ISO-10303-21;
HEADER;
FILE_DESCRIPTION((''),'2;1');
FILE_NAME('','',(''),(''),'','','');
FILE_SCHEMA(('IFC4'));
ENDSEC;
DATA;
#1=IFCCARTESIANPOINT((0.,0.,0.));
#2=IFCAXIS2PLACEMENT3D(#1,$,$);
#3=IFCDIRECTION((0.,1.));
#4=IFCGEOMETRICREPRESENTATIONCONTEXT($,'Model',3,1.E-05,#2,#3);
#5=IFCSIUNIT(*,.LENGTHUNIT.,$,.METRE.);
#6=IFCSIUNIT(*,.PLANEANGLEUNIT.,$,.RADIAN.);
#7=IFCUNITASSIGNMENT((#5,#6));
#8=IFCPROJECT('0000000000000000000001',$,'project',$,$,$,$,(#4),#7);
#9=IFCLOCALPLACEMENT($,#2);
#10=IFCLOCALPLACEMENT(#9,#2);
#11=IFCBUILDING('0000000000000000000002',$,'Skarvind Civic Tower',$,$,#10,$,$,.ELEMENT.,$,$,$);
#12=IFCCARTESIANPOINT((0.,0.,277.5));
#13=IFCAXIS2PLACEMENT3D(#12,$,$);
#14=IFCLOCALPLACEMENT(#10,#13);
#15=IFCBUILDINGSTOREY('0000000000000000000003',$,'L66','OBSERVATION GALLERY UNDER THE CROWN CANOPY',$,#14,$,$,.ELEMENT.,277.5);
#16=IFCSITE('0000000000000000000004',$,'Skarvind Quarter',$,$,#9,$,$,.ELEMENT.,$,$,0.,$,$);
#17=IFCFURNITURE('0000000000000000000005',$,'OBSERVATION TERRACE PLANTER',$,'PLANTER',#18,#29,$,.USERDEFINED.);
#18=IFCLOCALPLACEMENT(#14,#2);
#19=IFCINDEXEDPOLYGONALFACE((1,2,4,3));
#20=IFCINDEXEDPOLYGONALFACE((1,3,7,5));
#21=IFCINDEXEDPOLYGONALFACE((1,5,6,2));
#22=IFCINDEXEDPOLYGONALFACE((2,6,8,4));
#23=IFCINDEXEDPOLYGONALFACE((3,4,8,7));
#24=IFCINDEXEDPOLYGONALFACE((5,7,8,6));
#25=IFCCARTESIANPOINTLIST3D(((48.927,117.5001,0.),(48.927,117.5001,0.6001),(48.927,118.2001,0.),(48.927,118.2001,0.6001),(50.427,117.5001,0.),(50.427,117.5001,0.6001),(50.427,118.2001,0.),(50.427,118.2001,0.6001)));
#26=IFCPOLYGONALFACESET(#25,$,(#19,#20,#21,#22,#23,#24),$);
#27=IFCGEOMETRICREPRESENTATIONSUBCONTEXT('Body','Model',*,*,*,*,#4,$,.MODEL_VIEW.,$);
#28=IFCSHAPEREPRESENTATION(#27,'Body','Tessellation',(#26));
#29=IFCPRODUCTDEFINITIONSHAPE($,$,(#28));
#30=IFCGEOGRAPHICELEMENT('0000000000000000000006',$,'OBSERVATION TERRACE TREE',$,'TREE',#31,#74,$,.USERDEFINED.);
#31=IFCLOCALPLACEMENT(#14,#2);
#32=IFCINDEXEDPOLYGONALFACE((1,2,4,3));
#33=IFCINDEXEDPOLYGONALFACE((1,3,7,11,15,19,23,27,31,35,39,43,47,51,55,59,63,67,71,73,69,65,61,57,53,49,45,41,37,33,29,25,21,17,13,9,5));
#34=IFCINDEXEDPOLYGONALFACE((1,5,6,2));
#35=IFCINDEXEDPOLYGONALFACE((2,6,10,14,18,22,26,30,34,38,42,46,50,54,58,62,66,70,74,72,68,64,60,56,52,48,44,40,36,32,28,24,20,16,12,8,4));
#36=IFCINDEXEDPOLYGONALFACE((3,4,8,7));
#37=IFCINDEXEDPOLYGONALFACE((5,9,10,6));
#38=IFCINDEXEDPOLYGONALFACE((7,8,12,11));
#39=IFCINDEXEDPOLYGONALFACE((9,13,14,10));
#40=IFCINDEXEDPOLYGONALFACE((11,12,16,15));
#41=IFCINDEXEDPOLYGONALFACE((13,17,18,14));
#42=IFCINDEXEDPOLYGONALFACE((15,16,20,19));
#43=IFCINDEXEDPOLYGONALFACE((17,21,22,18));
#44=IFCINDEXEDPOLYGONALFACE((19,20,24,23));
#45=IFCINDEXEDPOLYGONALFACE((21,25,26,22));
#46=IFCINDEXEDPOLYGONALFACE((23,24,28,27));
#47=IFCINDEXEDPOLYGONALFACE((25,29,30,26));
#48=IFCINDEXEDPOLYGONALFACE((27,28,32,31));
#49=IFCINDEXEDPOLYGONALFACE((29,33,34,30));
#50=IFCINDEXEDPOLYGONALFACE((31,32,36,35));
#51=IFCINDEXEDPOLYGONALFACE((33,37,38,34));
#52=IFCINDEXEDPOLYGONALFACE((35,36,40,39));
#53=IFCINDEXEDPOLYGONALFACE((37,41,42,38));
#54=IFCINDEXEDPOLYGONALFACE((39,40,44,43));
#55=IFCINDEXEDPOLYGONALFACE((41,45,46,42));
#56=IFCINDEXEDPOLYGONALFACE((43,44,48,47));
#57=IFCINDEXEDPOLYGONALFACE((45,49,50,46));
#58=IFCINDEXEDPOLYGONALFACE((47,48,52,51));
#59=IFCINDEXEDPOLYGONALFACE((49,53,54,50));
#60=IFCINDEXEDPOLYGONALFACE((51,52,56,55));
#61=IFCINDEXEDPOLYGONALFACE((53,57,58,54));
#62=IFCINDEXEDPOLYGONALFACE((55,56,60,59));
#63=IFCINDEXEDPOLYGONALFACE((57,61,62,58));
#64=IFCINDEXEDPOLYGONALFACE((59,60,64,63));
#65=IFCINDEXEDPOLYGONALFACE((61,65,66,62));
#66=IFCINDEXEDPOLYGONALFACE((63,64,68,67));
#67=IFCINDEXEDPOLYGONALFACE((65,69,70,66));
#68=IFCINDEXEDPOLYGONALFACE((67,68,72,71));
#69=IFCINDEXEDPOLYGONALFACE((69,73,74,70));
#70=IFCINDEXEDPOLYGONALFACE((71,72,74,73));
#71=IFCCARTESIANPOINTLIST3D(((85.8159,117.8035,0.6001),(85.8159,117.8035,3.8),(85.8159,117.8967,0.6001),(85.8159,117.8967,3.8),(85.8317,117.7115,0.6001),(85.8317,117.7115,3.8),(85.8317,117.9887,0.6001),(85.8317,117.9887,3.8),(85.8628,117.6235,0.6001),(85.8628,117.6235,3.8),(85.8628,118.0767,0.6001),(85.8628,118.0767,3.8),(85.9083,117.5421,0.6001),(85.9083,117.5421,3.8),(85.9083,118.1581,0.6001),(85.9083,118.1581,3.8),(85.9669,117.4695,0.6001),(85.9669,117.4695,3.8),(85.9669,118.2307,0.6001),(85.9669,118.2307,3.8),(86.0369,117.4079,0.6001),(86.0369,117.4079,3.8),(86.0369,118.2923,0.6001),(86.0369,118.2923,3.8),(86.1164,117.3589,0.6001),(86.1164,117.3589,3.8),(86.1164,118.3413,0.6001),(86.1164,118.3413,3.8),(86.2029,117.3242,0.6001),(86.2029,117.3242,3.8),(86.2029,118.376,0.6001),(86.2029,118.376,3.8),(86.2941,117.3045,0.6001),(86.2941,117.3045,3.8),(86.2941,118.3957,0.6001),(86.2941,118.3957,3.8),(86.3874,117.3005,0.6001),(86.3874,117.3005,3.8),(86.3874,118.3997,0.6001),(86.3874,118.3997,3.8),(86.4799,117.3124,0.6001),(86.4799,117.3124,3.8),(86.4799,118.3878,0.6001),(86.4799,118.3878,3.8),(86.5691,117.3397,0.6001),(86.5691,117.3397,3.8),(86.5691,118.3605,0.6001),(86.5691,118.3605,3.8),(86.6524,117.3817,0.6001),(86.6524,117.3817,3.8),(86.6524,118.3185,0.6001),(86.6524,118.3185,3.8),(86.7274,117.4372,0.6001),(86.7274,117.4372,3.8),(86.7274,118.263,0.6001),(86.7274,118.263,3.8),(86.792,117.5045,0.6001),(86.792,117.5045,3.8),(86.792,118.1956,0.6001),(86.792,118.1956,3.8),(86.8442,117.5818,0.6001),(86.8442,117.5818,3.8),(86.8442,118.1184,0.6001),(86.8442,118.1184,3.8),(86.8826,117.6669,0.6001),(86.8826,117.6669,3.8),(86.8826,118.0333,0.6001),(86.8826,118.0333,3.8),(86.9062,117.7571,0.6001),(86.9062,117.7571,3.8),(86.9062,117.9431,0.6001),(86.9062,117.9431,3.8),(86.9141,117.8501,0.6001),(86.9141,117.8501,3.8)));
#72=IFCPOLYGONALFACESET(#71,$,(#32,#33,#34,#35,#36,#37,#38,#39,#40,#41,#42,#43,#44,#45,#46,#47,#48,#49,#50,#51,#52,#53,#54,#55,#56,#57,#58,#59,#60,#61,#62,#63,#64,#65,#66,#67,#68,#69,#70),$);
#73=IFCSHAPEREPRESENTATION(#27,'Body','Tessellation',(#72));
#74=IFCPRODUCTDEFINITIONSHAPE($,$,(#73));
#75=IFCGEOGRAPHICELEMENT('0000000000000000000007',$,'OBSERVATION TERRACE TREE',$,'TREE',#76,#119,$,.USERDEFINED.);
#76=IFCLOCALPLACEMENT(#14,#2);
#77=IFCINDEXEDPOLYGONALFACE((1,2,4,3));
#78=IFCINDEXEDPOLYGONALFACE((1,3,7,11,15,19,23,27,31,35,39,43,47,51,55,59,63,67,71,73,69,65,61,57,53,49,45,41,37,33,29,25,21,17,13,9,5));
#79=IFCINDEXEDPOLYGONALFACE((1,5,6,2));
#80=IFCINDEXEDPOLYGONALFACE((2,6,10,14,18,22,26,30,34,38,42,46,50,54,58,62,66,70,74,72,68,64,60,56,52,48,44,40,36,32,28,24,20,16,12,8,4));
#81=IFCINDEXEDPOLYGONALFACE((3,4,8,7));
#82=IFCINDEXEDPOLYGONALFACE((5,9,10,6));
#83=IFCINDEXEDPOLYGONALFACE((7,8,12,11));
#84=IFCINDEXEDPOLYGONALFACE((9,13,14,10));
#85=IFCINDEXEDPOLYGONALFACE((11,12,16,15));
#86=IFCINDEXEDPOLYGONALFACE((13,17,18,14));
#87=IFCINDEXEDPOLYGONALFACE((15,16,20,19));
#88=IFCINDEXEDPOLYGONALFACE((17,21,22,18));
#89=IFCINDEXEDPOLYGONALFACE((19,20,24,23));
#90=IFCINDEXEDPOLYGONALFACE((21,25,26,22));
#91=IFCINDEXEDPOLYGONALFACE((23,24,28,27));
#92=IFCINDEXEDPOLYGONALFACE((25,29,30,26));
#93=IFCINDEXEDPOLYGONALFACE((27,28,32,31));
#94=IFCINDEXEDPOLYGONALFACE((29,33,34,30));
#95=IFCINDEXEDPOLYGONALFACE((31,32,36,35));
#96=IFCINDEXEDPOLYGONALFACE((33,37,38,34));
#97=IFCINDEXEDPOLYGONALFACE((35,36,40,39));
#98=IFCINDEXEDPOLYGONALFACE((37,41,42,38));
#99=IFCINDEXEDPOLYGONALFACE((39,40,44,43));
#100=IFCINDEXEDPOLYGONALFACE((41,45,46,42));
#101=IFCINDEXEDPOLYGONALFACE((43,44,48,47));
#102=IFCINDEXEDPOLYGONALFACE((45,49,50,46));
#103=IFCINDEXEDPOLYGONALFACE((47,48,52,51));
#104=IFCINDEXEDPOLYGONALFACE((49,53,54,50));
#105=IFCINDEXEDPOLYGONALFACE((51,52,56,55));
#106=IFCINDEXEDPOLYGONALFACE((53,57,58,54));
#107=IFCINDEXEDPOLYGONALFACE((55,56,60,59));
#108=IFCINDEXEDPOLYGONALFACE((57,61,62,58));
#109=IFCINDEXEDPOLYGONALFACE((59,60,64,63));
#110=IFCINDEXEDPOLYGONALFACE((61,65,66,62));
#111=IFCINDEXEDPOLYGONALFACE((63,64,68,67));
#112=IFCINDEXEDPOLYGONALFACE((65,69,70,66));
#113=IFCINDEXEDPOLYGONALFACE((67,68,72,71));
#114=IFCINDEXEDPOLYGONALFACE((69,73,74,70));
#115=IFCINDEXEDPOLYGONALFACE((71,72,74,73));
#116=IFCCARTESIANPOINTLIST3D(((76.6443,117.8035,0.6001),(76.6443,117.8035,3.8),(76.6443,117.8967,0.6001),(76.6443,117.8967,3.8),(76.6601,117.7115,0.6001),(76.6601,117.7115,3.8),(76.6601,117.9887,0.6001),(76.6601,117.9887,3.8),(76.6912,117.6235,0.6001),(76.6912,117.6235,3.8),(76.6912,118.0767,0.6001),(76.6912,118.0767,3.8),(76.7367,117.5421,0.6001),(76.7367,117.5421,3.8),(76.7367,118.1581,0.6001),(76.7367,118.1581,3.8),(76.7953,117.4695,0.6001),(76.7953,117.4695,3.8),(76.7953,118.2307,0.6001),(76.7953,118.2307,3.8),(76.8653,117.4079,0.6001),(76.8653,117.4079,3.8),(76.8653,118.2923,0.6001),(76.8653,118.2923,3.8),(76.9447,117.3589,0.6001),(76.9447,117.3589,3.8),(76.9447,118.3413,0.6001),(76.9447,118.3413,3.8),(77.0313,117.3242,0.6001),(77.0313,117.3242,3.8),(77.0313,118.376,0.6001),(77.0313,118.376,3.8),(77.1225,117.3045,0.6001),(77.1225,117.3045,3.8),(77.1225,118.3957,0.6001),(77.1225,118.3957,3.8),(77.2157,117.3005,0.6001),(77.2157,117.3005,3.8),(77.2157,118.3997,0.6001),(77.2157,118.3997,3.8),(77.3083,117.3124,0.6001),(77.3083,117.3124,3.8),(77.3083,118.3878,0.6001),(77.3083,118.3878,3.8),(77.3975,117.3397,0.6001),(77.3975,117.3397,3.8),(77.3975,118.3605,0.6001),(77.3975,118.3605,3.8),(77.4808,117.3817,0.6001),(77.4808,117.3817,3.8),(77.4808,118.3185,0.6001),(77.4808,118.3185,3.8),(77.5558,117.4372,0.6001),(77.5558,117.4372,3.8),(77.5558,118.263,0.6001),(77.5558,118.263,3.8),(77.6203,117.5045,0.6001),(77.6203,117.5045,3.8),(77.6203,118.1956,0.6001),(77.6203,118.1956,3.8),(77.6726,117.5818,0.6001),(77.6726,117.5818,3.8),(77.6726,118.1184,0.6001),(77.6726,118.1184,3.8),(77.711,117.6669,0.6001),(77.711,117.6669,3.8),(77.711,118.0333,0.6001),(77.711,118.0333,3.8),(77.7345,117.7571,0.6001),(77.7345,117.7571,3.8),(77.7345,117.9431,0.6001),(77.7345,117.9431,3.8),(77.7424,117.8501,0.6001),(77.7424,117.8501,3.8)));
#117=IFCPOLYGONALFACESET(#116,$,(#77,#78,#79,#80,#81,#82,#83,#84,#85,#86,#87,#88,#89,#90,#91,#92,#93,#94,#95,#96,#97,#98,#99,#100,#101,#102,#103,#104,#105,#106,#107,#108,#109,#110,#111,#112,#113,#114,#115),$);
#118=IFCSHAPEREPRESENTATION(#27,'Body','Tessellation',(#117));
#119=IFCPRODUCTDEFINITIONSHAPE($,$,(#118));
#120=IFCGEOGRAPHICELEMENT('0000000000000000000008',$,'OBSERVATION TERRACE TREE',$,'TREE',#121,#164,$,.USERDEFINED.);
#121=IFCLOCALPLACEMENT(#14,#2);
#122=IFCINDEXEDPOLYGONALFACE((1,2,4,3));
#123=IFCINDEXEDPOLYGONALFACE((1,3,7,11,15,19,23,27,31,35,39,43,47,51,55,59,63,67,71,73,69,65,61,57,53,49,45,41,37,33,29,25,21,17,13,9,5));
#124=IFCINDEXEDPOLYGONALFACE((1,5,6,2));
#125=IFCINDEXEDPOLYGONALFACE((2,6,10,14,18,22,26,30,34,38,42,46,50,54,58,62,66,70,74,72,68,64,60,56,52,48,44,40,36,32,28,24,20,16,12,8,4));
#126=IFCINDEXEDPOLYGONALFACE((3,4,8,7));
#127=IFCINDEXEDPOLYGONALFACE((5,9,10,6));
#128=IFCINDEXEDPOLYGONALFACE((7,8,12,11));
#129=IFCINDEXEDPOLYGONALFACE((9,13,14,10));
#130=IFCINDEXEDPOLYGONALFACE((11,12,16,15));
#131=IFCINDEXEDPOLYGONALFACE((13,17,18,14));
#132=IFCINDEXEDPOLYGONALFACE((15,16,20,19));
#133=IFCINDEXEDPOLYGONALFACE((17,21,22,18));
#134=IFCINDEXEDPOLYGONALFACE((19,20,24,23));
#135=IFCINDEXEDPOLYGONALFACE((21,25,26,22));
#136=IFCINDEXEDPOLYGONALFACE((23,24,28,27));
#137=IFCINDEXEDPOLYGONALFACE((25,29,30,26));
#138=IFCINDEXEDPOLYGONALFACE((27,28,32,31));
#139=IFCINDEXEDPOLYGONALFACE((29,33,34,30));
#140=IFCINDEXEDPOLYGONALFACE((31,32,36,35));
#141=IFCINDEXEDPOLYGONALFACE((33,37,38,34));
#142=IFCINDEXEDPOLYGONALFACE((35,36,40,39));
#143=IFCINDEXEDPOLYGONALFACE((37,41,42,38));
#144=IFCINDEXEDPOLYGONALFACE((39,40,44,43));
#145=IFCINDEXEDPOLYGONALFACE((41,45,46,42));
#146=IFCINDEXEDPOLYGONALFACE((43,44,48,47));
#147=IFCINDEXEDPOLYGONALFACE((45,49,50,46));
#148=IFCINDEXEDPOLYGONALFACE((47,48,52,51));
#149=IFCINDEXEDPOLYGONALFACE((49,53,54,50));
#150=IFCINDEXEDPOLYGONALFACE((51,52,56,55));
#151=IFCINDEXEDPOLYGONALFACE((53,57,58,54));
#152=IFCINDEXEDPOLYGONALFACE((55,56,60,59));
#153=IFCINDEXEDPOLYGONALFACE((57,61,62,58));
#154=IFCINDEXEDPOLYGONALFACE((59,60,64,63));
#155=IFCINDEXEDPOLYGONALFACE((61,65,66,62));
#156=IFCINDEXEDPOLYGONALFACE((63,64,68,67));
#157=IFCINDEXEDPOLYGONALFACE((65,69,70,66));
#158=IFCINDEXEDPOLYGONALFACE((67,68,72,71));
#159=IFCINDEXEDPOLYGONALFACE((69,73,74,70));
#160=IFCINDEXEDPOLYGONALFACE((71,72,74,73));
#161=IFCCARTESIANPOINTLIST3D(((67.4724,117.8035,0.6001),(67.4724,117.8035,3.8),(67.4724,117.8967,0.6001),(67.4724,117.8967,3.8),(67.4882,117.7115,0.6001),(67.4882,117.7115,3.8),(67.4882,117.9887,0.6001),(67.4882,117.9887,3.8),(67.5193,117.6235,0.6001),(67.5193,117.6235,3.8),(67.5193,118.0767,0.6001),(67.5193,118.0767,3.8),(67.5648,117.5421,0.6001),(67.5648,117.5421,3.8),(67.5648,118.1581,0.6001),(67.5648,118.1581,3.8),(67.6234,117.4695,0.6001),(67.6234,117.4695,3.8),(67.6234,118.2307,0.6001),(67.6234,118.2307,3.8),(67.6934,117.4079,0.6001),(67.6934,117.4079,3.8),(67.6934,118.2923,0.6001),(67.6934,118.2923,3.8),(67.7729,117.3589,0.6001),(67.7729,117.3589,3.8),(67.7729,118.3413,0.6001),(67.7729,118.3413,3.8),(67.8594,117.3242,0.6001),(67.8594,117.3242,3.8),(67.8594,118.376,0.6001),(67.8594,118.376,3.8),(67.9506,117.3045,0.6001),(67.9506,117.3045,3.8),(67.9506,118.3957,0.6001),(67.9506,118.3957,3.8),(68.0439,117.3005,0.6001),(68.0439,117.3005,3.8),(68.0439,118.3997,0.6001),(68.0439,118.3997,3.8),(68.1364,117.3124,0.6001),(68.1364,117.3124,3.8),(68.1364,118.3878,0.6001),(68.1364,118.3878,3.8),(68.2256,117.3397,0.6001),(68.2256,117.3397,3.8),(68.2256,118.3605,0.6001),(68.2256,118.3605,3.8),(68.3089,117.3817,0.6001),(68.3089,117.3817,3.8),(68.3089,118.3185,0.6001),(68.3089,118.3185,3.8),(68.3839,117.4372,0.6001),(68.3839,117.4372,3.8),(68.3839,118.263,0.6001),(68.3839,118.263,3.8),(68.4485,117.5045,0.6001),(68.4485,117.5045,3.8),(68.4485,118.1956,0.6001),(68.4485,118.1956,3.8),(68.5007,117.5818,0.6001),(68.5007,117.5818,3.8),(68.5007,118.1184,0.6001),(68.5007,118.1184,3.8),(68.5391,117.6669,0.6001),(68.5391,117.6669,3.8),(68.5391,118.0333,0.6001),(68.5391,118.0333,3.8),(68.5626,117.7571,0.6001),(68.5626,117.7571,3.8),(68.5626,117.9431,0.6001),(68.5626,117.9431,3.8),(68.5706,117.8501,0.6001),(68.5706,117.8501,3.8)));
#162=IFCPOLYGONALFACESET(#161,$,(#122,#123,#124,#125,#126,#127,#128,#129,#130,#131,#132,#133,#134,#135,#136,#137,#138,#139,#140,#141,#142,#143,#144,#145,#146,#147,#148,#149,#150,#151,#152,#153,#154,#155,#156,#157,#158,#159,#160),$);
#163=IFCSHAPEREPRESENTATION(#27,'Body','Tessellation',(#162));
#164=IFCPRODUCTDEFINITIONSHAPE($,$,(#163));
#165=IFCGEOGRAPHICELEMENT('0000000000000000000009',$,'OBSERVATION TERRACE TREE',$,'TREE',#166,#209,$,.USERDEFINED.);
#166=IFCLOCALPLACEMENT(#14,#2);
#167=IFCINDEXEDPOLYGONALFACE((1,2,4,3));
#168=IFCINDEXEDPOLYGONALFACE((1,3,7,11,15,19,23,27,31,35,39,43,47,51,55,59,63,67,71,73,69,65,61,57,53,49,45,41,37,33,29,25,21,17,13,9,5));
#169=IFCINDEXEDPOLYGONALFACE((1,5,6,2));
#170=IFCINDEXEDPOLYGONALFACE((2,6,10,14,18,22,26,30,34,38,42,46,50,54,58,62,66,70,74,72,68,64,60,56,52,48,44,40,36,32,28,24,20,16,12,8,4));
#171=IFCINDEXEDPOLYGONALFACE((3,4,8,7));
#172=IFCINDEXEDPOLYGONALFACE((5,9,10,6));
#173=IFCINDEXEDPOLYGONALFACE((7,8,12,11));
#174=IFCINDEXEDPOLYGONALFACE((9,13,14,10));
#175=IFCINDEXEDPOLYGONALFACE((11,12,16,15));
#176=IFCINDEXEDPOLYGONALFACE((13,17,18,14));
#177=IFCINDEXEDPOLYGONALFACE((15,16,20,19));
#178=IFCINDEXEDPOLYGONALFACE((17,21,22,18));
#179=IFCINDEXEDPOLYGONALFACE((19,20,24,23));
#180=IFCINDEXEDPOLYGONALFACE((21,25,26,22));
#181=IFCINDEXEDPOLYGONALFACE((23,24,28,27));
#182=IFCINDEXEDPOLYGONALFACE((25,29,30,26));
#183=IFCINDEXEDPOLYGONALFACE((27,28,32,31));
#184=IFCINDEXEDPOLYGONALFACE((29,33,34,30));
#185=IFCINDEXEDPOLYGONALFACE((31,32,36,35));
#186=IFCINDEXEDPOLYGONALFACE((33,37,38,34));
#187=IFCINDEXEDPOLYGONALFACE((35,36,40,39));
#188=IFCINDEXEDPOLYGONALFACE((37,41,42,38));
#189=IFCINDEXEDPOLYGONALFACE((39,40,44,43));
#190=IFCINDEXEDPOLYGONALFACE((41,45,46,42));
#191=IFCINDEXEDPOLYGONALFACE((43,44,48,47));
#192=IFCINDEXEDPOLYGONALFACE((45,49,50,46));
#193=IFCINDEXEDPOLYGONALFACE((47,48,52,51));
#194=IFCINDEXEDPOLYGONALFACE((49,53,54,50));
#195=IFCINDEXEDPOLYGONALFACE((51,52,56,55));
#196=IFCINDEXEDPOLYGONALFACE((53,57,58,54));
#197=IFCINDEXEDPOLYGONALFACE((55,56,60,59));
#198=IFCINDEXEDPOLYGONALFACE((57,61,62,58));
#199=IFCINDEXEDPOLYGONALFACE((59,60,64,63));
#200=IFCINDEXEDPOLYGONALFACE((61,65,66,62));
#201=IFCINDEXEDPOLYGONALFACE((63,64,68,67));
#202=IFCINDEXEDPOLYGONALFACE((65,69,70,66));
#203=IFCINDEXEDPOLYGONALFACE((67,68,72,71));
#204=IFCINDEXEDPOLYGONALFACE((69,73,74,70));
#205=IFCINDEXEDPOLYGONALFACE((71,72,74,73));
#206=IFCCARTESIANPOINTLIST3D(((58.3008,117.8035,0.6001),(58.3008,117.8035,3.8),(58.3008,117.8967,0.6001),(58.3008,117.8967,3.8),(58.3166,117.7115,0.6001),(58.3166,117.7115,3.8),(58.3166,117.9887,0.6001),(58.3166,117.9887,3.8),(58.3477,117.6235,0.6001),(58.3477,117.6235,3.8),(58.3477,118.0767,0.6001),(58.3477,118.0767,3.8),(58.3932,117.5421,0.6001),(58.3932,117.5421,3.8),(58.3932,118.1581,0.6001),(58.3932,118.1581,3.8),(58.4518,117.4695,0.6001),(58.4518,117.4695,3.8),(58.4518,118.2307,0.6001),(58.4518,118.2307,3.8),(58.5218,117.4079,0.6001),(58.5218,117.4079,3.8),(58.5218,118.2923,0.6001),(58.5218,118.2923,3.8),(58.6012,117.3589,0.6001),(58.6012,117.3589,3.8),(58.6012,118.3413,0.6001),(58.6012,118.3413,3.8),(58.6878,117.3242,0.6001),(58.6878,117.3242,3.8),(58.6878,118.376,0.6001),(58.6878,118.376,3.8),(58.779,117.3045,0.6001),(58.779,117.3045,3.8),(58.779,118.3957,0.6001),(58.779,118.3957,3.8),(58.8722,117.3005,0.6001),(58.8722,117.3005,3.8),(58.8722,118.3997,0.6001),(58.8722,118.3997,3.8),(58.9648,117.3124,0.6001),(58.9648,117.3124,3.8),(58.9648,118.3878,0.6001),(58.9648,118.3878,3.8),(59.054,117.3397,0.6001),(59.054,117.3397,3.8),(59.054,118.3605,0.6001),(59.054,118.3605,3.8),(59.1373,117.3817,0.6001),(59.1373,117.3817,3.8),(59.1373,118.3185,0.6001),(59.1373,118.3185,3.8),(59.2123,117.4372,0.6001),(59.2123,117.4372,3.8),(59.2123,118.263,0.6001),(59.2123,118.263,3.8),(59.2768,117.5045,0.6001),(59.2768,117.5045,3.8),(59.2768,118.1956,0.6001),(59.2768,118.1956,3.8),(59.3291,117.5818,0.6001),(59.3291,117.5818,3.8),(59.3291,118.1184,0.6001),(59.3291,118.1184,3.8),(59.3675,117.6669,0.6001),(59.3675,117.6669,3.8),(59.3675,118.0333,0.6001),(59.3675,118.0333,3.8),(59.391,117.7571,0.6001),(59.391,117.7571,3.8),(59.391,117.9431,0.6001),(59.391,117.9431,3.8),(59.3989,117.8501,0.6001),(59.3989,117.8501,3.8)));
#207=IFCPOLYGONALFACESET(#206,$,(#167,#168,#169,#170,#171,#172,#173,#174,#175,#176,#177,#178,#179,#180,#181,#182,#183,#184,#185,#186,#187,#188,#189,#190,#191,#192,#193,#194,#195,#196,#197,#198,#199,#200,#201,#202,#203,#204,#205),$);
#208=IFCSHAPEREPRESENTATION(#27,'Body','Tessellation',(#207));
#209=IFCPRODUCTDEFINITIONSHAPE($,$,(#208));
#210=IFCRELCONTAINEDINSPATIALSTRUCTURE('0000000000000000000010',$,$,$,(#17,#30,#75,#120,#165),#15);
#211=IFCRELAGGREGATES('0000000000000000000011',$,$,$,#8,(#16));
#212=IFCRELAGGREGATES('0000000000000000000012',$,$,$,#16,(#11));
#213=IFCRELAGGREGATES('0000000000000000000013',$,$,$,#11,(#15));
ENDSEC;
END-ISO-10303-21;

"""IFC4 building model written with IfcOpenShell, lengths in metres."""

from ifc_helpers import new_model, si_unit, direction, frame, origin, origin_2d, place, context, subcontext, project, spatial, rectangle, circle, extrude, element, save


model = new_model("IFC4")

# Units and contexts
model_context = context("Model", 3, precision=1e-05, world=origin(), true_north=direction((0.0, 1.0)))
body_context = subcontext(model_context, "Body", "Model", "MODEL_VIEW")
ifc_project = project(units=[si_unit("LENGTHUNIT", "METRE"), si_unit("PLANEANGLEUNIT", "RADIAN")], contexts=[model_context])

# Site, building, storey
site_placement = place(None, origin())
site = spatial("IfcSite", under=ifc_project, at=site_placement, Name="Skarvind Quarter", CompositionType="ELEMENT", RefElevation=0.0)
building_placement = place(site_placement, origin())
building = spatial("IfcBuilding", under=site, at=building_placement, Name="Skarvind Civic Tower", CompositionType="ELEMENT")
storey_placement = place(building_placement, frame((0.0, 0.0, 277.5)))
storey = spatial("IfcBuildingStorey", under=building, at=storey_placement, Name="L66", Description="OBSERVATION GALLERY UNDER THE CROWN CANOPY", CompositionType="ELEMENT", Elevation=277.5)

# Furniture
for number, where, z_axis, x_axis, name in (
    (1, (49.677, 117.8501, 0.0), (0.0, 0.0, 1.0), (-1.0, 0.0, 0.0), "OBSERVATION TERRACE PLANTER"),
):
    element("IfcFurniture", number, at=place(storey_placement, frame(where, z_axis=z_axis, x_axis=x_axis)), inside=storey, Name=name, ObjectType="PLANTER", PredefinedType="USERDEFINED", context=body_context, shape_type="SweptSolid", body=[
        extrude(rectangle(XDim=1.5, YDim=0.7, at=origin_2d()), origin(), (0.0, 0.0, 1.0), 0.6001),
    ])

# Geographic elements
for number, where, z_axis, x_axis, name in (
    (2, (86.364, 117.8501, 0.6001), (0.0, 0.0, 1.0), (1.0, 0.0, 0.0), "OBSERVATION TERRACE TREE"),
    (3, (77.1924, 117.8501, 0.6001), (0.0, 0.0, 1.0), (1.0, 0.0, 0.0), "OBSERVATION TERRACE TREE"),
    (4, (68.0205, 117.8501, 0.6001), (0.0, 0.0, 1.0), (1.0, 0.0, 0.0), "OBSERVATION TERRACE TREE"),
    (5, (58.8489, 117.8501, 0.6001), (0.0, 0.0, 1.0), (1.0, 0.0, 0.0), "OBSERVATION TERRACE TREE"),
):
    element("IfcGeographicElement", number, at=place(storey_placement, frame(where, z_axis=z_axis, x_axis=x_axis)), inside=storey, Name=name, ObjectType="TREE", PredefinedType="USERDEFINED", context=body_context, shape_type="SweptSolid", body=[
        extrude(circle(Radius=0.55, at=origin_2d()), origin(), (0.0, 0.0, 1.0), 3.2),
    ])

save(model, "model.ifc")
